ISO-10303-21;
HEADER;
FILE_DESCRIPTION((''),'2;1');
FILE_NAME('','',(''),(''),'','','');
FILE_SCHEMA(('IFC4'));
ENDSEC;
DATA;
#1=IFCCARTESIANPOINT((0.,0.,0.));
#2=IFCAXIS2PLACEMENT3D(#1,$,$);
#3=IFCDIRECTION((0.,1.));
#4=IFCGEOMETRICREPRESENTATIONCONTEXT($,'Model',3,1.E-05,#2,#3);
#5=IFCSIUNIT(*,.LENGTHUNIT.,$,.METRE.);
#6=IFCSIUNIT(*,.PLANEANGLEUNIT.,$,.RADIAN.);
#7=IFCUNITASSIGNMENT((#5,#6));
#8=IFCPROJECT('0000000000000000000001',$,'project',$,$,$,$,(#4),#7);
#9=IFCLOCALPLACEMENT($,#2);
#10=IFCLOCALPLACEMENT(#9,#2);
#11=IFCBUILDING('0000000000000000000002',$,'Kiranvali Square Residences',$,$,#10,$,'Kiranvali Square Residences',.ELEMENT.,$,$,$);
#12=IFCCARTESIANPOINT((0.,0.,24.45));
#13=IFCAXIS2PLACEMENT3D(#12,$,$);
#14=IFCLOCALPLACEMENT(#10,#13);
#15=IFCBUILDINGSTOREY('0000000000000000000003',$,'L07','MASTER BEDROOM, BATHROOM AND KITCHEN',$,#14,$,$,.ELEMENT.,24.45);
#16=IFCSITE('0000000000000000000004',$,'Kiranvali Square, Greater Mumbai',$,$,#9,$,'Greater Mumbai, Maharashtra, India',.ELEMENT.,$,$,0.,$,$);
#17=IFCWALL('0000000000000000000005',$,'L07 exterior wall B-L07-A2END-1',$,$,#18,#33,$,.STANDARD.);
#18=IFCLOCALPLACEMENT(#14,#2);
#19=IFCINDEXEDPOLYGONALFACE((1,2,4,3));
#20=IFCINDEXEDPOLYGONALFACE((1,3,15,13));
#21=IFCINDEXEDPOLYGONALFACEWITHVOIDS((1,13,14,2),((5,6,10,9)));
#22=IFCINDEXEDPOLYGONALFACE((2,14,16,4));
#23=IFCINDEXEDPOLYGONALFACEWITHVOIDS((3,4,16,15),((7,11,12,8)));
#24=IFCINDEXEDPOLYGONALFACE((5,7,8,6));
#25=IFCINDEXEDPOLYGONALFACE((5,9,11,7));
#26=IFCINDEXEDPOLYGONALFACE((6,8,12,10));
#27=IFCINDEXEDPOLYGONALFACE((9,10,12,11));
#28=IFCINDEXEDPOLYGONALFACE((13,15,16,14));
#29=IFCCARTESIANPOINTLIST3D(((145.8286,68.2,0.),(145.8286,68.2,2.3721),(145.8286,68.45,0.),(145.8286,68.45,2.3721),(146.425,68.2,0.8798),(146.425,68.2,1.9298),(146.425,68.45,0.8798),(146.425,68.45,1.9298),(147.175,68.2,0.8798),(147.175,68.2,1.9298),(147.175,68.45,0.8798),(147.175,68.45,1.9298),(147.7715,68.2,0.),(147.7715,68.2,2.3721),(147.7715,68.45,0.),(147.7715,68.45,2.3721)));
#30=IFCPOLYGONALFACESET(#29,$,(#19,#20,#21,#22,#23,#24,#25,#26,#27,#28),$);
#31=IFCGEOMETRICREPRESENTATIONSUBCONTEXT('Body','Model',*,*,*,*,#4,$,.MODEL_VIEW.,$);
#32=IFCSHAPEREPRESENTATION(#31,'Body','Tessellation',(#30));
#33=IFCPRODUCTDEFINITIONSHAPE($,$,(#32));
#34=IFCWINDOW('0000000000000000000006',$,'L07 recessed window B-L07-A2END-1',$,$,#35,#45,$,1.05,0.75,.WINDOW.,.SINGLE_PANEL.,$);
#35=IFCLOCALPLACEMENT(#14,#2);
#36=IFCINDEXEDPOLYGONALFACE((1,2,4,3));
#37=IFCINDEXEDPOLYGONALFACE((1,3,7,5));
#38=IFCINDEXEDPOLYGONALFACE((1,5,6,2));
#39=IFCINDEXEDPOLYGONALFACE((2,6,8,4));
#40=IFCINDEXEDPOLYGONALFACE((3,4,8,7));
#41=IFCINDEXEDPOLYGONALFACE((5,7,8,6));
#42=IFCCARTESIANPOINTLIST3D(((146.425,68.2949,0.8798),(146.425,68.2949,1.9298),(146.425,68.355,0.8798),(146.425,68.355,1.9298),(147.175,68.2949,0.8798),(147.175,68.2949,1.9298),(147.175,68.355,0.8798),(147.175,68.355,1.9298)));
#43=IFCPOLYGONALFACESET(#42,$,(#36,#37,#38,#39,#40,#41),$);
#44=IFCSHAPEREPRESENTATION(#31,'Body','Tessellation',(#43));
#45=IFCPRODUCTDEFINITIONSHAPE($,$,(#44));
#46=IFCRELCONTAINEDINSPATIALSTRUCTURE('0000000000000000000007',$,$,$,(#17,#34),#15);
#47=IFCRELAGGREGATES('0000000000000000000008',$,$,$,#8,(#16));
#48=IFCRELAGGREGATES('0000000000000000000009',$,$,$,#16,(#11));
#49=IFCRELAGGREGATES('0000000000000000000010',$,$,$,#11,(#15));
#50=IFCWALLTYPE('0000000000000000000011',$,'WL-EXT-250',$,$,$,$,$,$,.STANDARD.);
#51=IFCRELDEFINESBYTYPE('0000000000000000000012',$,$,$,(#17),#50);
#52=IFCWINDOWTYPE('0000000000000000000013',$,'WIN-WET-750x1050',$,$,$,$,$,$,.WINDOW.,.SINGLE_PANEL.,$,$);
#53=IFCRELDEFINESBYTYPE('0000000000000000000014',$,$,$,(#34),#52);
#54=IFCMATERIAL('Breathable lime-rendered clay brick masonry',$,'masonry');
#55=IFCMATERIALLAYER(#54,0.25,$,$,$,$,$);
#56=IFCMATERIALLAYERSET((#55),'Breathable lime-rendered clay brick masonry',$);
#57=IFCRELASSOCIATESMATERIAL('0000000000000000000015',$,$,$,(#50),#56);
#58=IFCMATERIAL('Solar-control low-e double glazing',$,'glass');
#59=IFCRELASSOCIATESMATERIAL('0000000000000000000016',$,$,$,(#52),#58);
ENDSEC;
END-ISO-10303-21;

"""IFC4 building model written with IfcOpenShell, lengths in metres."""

from ifc_helpers import new_model, si_unit, direction, frame, frame_2d, origin, place, context, subcontext, project, spatial, rectangle, extrude, material, layer, layer_set, type_object, element, fill, save


model = new_model("IFC4")

# Units and contexts
model_context = context("Model", 3, precision=1e-05, world=origin(), true_north=direction((0.0, 1.0)))
body_context = subcontext(model_context, "Body", "Model", "MODEL_VIEW")
ifc_project = project(units=[si_unit("LENGTHUNIT", "METRE"), si_unit("PLANEANGLEUNIT", "RADIAN")], contexts=[model_context])

# Site, building, storey
site_placement = place(None, origin())
site = spatial("IfcSite", under=ifc_project, at=site_placement, Name="Kiranvali Square, Greater Mumbai", LongName="Greater Mumbai, Maharashtra, India", CompositionType="ELEMENT", RefElevation=0.0)
building_placement = place(site_placement, origin())
building = spatial("IfcBuilding", under=site, at=building_placement, Name="Kiranvali Square Residences", LongName="Kiranvali Square Residences", CompositionType="ELEMENT")
storey_placement = place(building_placement, frame((0.0, 0.0, 24.45)))
storey = spatial("IfcBuildingStorey", under=building, at=storey_placement, Name="L07", Description="MASTER BEDROOM, BATHROOM AND KITCHEN", CompositionType="ELEMENT", Elevation=24.45)

# Wall, opening, window
ifc_material_1 = material(Name="Breathable lime-rendered clay brick masonry", Category="masonry")
ifc_layer_1 = layer(ifc_material_1, 0.25)
ifc_layer_set_1 = layer_set([ifc_layer_1], Name="Breathable lime-rendered clay brick masonry")
wall_type_1 = type_object("IfcWallType", Name="WL-EXT-250", PredefinedType="STANDARD", material=ifc_layer_set_1)
wall_1_placement = place(storey_placement, frame((145.8286, 68.325, 0.0), z_axis=(0.0, 0.0, 1.0), x_axis=(1.0, 0.0, 0.0)))
wall_1 = element("IfcWall", 1, at=wall_1_placement, inside=storey, type_object=wall_type_1, Name="L07 exterior wall B-L07-A2END-1", PredefinedType="STANDARD", context=body_context, shape_type="SweptSolid", body=[
    extrude(rectangle(XDim=1.9429, YDim=0.25, at=frame_2d((0.9714, 0.0))), origin(), (0.0, 0.0, 1.0), 2.3721),
])
opening_1_placement = place(wall_1_placement, frame((0.5964, 0.0, 0.8799)))
opening_1 = element("IfcOpeningElement", 2, at=opening_1_placement, cuts=wall_1, PredefinedType="OPENING", context=body_context, shape_type="SweptSolid", body=[
    extrude(rectangle(XDim=0.75, YDim=1.05, at=frame_2d((0.375, 0.5249))), frame((0.0, 0.135, 0.0), z_axis=(0.0, -1.0, 0.0), x_axis=(1.0, 0.0, 0.0)), (0.0, 0.0, 1.0), 0.27),
])
ifc_material_2 = material(Name="Solar-control low-e double glazing", Category="glass")
window_type = type_object("IfcWindowType", Name="WIN-WET-750x1050", PartitioningType="SINGLE_PANEL", PredefinedType="WINDOW", material=ifc_material_2)
window_placement = place(opening_1_placement, origin())
window = element("IfcWindow", 3, at=window_placement, inside=storey, type_object=window_type, Name="L07 recessed window B-L07-A2END-1", OverallHeight=1.05, OverallWidth=0.75, PartitioningType="SINGLE_PANEL", PredefinedType="WINDOW", context=body_context, shape_type="SweptSolid", body=[
    extrude(rectangle(XDim=0.75, YDim=1.05, at=frame_2d((0.375, 0.5249))), frame((0.0, 0.03, 0.0), z_axis=(0.0, -1.0, 0.0), x_axis=(1.0, 0.0, 0.0)), (0.0, 0.0, 1.0), 0.0601),
])
fill(opening_1, window)

save(model, "model.ifc")
